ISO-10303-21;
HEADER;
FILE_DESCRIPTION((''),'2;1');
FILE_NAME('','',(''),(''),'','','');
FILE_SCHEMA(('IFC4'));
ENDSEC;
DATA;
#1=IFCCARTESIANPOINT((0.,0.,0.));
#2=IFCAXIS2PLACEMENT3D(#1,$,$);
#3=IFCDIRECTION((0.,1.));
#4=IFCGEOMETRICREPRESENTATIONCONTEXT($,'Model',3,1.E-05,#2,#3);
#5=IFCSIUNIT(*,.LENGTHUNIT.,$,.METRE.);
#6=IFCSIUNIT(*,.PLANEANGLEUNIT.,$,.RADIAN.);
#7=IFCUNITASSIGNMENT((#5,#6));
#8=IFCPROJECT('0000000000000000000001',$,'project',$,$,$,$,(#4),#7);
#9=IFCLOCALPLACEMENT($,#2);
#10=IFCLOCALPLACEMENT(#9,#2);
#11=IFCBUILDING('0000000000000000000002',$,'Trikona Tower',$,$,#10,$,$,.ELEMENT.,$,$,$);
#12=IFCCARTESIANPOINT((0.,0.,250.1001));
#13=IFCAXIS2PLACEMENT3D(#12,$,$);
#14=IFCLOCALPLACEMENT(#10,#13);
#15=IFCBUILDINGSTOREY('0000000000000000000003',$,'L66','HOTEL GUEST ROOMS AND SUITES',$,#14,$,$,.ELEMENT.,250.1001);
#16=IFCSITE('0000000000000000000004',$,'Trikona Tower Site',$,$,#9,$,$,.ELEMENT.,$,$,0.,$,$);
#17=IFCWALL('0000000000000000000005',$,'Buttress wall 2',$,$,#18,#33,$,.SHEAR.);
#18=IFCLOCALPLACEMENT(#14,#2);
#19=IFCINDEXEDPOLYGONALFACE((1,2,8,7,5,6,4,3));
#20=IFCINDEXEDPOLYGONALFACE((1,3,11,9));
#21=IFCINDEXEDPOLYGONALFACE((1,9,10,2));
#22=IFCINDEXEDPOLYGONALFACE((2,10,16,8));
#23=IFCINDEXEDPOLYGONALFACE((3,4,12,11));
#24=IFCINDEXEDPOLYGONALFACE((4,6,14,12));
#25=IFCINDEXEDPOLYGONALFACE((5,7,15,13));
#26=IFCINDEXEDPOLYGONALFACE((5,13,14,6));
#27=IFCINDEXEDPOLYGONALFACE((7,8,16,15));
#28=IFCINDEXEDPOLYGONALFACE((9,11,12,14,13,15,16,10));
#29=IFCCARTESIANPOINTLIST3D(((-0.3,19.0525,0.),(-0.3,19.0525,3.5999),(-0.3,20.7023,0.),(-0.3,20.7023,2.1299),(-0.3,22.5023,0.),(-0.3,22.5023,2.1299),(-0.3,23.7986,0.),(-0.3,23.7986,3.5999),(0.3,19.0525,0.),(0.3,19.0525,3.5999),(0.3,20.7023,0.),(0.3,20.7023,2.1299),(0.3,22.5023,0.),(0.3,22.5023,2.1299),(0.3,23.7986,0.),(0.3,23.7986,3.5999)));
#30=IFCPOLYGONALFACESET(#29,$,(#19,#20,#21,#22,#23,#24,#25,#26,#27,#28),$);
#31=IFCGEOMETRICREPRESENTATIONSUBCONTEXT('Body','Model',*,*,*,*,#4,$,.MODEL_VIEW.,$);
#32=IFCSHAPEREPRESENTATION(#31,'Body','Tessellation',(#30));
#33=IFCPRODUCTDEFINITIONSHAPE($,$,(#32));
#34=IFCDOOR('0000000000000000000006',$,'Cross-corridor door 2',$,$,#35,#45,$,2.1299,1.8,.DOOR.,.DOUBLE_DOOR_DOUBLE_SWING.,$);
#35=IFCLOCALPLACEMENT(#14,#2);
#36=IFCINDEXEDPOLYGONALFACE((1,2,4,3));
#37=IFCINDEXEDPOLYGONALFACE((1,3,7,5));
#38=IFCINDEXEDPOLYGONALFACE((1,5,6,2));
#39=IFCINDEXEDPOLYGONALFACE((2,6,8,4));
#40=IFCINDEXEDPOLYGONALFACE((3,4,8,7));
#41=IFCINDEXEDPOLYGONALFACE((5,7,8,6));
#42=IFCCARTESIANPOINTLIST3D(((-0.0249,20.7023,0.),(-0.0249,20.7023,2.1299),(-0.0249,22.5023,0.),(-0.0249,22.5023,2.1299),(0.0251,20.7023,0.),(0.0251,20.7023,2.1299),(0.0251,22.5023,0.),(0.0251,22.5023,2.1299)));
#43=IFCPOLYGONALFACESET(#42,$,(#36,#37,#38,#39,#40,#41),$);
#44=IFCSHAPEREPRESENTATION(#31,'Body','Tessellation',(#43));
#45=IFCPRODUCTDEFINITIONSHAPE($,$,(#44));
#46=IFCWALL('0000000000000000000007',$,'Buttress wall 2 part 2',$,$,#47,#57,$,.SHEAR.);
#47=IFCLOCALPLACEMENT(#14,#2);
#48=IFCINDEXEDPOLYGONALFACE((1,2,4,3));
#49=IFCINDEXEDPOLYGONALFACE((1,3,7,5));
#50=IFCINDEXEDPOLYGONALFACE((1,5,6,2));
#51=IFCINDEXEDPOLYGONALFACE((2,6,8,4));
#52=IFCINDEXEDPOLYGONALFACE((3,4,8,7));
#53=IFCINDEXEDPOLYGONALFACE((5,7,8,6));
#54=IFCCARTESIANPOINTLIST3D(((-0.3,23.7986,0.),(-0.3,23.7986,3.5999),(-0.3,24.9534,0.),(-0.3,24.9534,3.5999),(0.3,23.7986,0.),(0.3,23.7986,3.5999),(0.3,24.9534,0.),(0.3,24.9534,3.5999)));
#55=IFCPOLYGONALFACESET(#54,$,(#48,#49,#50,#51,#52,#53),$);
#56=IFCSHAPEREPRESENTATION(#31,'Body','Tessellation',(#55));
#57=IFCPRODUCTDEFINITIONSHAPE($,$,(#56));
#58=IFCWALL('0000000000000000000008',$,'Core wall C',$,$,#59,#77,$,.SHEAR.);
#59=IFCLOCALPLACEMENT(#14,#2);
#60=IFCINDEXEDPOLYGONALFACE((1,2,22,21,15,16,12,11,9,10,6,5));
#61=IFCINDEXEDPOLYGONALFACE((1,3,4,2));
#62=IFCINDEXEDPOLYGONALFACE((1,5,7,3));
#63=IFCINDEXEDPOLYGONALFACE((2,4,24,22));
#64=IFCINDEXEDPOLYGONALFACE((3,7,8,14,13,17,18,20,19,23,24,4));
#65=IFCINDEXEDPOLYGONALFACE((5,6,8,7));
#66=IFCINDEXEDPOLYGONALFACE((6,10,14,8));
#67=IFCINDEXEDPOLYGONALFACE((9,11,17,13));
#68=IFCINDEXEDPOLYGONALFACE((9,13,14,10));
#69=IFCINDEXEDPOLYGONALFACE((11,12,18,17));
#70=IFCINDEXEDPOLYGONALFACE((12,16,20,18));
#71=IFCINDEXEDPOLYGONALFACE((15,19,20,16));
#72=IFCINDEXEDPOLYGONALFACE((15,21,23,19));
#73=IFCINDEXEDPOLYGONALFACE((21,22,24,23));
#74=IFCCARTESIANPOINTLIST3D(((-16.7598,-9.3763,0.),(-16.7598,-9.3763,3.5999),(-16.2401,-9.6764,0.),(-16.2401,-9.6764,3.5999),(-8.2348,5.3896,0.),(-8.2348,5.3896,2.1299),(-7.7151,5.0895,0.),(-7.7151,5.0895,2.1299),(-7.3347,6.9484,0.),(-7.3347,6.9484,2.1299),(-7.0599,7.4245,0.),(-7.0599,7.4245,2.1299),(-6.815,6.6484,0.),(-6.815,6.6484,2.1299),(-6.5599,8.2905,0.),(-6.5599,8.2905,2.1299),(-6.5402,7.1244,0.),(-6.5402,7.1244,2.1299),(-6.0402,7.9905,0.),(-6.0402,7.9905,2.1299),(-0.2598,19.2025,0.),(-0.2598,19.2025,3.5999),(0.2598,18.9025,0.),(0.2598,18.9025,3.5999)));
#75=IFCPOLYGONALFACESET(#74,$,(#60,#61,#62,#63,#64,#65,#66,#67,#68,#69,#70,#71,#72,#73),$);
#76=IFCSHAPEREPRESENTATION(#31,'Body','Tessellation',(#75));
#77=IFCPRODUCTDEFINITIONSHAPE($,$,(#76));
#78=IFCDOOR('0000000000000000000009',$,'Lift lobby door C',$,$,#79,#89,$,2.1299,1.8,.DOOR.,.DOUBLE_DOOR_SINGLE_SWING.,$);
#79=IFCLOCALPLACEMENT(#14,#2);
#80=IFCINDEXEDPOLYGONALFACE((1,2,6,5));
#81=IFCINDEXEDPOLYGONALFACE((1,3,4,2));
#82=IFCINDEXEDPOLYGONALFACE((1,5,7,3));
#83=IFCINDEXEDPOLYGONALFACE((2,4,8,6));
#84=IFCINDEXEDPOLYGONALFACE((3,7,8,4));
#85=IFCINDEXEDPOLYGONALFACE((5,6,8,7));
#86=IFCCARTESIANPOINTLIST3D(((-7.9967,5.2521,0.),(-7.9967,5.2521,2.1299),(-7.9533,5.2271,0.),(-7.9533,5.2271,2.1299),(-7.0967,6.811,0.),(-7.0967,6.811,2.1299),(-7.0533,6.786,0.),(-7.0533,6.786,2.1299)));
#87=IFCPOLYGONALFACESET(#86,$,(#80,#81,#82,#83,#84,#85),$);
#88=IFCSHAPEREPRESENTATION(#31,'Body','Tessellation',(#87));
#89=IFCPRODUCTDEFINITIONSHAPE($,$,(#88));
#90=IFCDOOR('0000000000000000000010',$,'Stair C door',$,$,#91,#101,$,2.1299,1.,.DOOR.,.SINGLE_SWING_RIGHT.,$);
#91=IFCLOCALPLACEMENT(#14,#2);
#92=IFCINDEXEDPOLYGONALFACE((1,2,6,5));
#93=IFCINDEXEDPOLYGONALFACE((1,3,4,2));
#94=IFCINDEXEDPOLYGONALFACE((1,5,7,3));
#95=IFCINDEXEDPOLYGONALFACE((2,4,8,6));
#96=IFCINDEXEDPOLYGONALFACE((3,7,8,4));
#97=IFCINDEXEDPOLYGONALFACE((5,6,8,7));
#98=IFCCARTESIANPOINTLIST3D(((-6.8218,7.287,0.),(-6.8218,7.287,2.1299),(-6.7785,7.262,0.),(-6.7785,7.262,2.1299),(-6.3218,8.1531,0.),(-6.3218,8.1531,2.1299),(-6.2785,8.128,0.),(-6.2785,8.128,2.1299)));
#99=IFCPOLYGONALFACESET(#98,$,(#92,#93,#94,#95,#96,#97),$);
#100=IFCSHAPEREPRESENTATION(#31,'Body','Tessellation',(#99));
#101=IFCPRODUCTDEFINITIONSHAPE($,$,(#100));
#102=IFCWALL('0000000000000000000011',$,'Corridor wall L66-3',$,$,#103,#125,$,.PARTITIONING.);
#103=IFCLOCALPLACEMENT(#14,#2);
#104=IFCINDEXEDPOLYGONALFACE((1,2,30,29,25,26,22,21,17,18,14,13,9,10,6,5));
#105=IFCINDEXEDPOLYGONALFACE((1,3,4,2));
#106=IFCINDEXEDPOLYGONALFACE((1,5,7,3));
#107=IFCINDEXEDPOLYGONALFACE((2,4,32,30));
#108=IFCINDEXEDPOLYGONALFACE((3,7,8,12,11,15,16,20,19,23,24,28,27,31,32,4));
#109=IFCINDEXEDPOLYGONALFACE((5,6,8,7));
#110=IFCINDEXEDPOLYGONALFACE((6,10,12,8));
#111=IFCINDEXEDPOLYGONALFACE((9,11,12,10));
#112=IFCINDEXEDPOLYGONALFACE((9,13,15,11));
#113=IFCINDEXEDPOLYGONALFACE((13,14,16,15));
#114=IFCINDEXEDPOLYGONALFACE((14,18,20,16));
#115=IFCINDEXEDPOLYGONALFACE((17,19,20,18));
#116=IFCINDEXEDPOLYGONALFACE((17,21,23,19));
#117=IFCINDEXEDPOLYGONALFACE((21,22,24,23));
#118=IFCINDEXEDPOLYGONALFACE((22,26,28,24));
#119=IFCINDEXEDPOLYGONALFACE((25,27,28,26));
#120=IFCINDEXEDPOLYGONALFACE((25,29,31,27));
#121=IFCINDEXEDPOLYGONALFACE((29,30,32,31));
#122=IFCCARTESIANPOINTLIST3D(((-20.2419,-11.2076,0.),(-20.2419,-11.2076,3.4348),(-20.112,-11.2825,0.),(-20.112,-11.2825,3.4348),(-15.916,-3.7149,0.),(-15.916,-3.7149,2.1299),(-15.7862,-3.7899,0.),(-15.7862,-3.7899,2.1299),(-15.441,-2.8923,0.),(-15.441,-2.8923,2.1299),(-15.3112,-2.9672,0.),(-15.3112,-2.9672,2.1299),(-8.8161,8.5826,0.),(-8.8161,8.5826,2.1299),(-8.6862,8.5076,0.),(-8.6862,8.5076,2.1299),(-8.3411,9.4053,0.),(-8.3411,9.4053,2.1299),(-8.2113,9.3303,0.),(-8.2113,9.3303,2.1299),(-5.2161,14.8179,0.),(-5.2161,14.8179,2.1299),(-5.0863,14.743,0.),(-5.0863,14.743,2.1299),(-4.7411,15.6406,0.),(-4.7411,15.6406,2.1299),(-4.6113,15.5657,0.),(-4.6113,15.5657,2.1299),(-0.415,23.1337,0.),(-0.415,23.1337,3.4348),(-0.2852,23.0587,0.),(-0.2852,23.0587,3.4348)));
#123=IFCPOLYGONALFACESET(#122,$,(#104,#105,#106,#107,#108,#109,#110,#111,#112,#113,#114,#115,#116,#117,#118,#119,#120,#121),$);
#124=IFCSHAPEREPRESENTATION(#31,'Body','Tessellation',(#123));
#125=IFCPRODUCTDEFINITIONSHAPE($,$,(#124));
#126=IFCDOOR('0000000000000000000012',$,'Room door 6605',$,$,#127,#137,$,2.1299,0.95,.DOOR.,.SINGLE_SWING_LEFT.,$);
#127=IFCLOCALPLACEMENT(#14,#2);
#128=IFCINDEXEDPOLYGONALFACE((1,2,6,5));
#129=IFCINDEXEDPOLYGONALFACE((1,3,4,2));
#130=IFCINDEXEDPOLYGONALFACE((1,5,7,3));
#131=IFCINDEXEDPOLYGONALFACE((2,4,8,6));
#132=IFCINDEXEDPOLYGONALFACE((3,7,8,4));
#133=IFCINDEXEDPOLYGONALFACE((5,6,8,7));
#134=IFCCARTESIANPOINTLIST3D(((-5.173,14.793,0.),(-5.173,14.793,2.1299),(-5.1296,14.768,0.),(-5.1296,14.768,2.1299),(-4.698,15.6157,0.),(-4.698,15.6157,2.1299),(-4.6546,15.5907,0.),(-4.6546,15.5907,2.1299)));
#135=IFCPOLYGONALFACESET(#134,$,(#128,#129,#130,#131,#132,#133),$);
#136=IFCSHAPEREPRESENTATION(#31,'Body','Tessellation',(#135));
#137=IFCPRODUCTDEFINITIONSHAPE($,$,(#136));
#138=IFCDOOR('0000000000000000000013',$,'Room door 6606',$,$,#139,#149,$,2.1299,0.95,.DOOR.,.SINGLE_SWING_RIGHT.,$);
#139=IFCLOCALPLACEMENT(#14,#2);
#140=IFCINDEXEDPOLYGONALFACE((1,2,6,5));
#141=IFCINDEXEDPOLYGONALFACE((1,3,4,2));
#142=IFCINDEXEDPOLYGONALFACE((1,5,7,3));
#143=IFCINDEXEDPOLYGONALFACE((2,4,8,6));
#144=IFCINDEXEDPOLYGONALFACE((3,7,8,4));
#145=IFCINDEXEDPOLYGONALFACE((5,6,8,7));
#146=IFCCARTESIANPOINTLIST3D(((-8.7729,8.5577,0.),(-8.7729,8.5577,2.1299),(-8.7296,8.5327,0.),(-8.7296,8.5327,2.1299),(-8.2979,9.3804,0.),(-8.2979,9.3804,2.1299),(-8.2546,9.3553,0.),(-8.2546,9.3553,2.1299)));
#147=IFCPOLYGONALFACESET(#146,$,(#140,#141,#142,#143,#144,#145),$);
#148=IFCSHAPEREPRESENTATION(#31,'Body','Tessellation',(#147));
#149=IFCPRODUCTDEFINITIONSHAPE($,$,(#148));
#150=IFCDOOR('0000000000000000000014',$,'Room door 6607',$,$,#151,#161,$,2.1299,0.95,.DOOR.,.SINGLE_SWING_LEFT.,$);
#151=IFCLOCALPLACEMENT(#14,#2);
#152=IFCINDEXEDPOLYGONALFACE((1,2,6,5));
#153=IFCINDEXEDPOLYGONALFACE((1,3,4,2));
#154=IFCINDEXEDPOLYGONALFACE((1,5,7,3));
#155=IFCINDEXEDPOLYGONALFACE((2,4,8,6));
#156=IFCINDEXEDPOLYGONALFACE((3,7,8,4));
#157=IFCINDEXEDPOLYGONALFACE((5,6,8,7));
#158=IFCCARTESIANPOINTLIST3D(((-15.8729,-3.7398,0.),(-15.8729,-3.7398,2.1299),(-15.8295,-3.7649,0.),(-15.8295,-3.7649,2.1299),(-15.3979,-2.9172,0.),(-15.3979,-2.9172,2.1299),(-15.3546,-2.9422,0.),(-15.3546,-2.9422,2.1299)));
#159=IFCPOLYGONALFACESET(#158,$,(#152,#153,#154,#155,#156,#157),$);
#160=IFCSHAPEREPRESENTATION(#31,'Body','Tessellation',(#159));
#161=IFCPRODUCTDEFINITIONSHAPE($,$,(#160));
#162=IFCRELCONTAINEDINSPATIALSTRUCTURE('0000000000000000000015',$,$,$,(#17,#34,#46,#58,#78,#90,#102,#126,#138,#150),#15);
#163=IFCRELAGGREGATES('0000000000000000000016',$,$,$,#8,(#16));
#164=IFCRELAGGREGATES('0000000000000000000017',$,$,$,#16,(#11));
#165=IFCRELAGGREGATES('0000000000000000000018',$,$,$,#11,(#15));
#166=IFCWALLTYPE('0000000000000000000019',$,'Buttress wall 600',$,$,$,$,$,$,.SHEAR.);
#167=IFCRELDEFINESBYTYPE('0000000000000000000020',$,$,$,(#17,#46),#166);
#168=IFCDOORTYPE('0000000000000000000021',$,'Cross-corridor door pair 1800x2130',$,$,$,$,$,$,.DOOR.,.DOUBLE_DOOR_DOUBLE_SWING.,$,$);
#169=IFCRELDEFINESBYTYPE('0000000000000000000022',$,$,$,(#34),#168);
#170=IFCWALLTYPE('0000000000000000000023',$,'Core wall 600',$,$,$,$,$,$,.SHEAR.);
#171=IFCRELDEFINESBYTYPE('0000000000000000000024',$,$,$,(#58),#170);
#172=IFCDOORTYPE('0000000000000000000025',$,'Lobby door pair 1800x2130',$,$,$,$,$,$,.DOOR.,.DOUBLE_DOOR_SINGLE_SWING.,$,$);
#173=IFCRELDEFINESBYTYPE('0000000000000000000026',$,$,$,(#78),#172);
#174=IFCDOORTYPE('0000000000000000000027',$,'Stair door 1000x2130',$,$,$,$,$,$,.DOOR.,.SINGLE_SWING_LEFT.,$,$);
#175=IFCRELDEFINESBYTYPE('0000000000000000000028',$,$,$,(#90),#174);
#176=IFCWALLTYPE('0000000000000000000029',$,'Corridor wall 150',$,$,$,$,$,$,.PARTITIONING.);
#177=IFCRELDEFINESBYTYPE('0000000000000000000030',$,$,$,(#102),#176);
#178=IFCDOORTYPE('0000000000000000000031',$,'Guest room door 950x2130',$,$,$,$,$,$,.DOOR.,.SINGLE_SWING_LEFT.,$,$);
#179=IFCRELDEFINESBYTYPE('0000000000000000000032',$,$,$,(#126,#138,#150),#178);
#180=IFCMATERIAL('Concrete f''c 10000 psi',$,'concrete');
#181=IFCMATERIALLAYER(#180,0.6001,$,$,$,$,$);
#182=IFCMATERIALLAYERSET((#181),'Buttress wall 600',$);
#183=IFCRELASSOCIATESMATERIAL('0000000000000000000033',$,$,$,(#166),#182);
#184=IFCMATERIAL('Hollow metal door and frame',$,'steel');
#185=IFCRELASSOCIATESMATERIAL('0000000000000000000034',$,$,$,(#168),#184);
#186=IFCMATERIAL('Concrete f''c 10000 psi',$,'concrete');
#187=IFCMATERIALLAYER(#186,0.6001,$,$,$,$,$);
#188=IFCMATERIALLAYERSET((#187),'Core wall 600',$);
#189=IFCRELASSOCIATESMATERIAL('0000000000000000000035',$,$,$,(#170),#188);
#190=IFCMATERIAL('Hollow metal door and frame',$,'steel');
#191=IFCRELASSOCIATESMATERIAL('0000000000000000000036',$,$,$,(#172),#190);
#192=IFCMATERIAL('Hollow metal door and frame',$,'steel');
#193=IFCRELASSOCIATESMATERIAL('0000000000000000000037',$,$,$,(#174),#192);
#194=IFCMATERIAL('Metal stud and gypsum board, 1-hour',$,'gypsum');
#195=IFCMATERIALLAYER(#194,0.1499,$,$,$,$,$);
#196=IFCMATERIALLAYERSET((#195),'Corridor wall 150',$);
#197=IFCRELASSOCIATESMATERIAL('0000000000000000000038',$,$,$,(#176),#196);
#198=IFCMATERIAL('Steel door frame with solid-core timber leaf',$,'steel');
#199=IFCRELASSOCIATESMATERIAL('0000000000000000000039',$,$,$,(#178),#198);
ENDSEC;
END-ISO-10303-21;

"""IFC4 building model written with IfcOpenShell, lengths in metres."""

from ifc_helpers import new_model, si_unit, direction, frame, frame_2d, origin, place, context, subcontext, project, spatial, rectangle, extrude, material, layer, layer_set, type_object, element, fill, save


model = new_model("IFC4")

# Units and contexts
model_context = context("Model", 3, precision=1e-05, world=origin(), true_north=direction((0.0, 1.0)))
body_context = subcontext(model_context, "Body", "Model", "MODEL_VIEW")
ifc_project = project(units=[si_unit("LENGTHUNIT", "METRE"), si_unit("PLANEANGLEUNIT", "RADIAN")], contexts=[model_context])

# Site, building, storey
site_placement = place(None, origin())
site = spatial("IfcSite", under=ifc_project, at=site_placement, Name="Trikona Tower Site", CompositionType="ELEMENT", RefElevation=0.0)
building_placement = place(site_placement, origin())
building = spatial("IfcBuilding", under=site, at=building_placement, Name="Trikona Tower", CompositionType="ELEMENT")
storey_placement = place(building_placement, frame((0.0, 0.0, 250.1001)))
storey = spatial("IfcBuildingStorey", under=building, at=storey_placement, Name="L66", Description="HOTEL GUEST ROOMS AND SUITES", CompositionType="ELEMENT", Elevation=250.1001)

# Wall, opening, door
ifc_material_1 = material(Name="Concrete f'c 10000 psi", Category="concrete")
ifc_layer_1 = layer(ifc_material_1, 0.6001)
ifc_layer_set_1 = layer_set([ifc_layer_1], Name="Buttress wall 600")
wall_type_1 = type_object("IfcWallType", Name="Buttress wall 600", PredefinedType="SHEAR", material=ifc_layer_set_1)
wall_1_placement = place(storey_placement, frame((0.0, 19.0525, 0.0), z_axis=(0.0, 0.0, 1.0), x_axis=(0.0, 1.0, 0.0)))
wall_1 = element("IfcWall", 1, at=wall_1_placement, inside=storey, type_object=wall_type_1, Name="Buttress wall 2", PredefinedType="SHEAR", context=body_context, shape_type="SweptSolid", body=[
    extrude(rectangle(XDim=4.7461, YDim=0.6001, at=frame_2d((2.373, 0.0))), origin(), (0.0, 0.0, 1.0), 3.5999),
])
opening_1_placement = place(wall_1_placement, frame((1.6499, 0.0, 0.0)))
opening_1 = element("IfcOpeningElement", 2, at=opening_1_placement, cuts=wall_1, PredefinedType="OPENING", context=body_context, shape_type="SweptSolid", body=[
    extrude(rectangle(XDim=1.8, YDim=2.1299, at=frame_2d((0.8999, 1.0649))), frame((0.0, 0.3101, 0.0), z_axis=(0.0, -1.0, 0.0), x_axis=(1.0, 0.0, 0.0)), (0.0, 0.0, 1.0), 0.6201),
])
ifc_material_2 = material(Name="Hollow metal door and frame", Category="steel")
door_type_1 = type_object("IfcDoorType", Name="Cross-corridor door pair 1800x2130", OperationType="DOUBLE_DOOR_DOUBLE_SWING", PredefinedType="DOOR", material=ifc_material_2)
door_1_placement = place(opening_1_placement, origin())
door_1 = element("IfcDoor", 3, at=door_1_placement, inside=storey, type_object=door_type_1, Name="Cross-corridor door 2", OperationType="DOUBLE_DOOR_DOUBLE_SWING", OverallHeight=2.1299, OverallWidth=1.8, PredefinedType="DOOR", context=body_context, shape_type="SweptSolid", body=[
    extrude(rectangle(XDim=1.8, YDim=2.1299, at=frame_2d((0.8999, 1.0649))), frame((0.0, 0.0249, 0.0), z_axis=(0.0, -1.0, 0.0), x_axis=(1.0, 0.0, 0.0)), (0.0, 0.0, 1.0), 0.05),
])
fill(opening_1, door_1)

# Wall
wall_2_placement = place(storey_placement, frame((0.0, 23.7986, 0.0), z_axis=(0.0, 0.0, 1.0), x_axis=(0.0, 1.0, 0.0)))
element("IfcWall", 4, at=wall_2_placement, inside=storey, type_object=wall_type_1, Name="Buttress wall 2 part 2", PredefinedType="SHEAR", context=body_context, shape_type="SweptSolid", body=[
    extrude(rectangle(XDim=1.1548, YDim=0.6001, at=frame_2d((0.5774, 0.0))), origin(), (0.0, 0.0, 1.0), 3.5999),
])

# Walls, openings, doors
ifc_material_3 = material(Name="Concrete f'c 10000 psi", Category="concrete")
ifc_layer_2 = layer(ifc_material_3, 0.6001)
ifc_layer_set_2 = layer_set([ifc_layer_2], Name="Core wall 600")
wall_type_2 = type_object("IfcWallType", Name="Core wall 600", PredefinedType="SHEAR", material=ifc_layer_set_2)
wall_3_placement = place(storey_placement, frame((0.0, 19.0525, 0.0), z_axis=(0.0, 0.0, 1.0), x_axis=(-0.5, -0.866026, 0.0)))
wall_3 = element("IfcWall", 5, at=wall_3_placement, inside=storey, type_object=wall_type_2, Name="Core wall C", PredefinedType="SHEAR", context=body_context, shape_type="SweptSolid", body=[
    extrude(rectangle(XDim=33.0, YDim=0.6001, at=frame_2d((16.5, 0.0))), origin(), (0.0, 0.0, 1.0), 3.5999),
])
opening_2_placement = place(wall_3_placement, frame((14.1499, 0.0, 0.0)))
opening_2 = element("IfcOpeningElement", 6, at=opening_2_placement, cuts=wall_3, PredefinedType="OPENING", context=body_context, shape_type="SweptSolid", body=[
    extrude(rectangle(XDim=1.8, YDim=2.1299, at=frame_2d((0.8999, 1.0649))), frame((0.0, 0.3101, 0.0), z_axis=(0.0, -1.0, 0.0), x_axis=(1.0, 0.0, 0.0)), (0.0, 0.0, 1.0), 0.6201),
])
opening_3_placement = place(wall_3_placement, frame((12.6001, 0.0, 0.0)))
opening_3 = element("IfcOpeningElement", 7, at=opening_3_placement, cuts=wall_3, PredefinedType="OPENING", context=body_context, shape_type="SweptSolid", body=[
    extrude(rectangle(XDim=1.0, YDim=2.1299, at=frame_2d((0.5, 1.0649))), frame((0.0, 0.3101, 0.0), z_axis=(0.0, -1.0, 0.0), x_axis=(1.0, 0.0, 0.0)), (0.0, 0.0, 1.0), 0.6201),
])
ifc_material_4 = material(Name="Hollow metal door and frame", Category="steel")
door_type_2 = type_object("IfcDoorType", Name="Lobby door pair 1800x2130", OperationType="DOUBLE_DOOR_SINGLE_SWING", PredefinedType="DOOR", material=ifc_material_4)
door_2_placement = place(opening_2_placement, origin())
door_2 = element("IfcDoor", 8, at=door_2_placement, inside=storey, type_object=door_type_2, Name="Lift lobby door C", OperationType="DOUBLE_DOOR_SINGLE_SWING", OverallHeight=2.1299, OverallWidth=1.8, PredefinedType="DOOR", context=body_context, shape_type="SweptSolid", body=[
    extrude(rectangle(XDim=1.8, YDim=2.1299, at=frame_2d((0.8999, 1.0649))), frame((0.0, 0.0249, 0.0), z_axis=(0.0, -1.0, 0.0), x_axis=(1.0, 0.0, 0.0)), (0.0, 0.0, 1.0), 0.05),
])
fill(opening_2, door_2)
ifc_material_5 = material(Name="Hollow metal door and frame", Category="steel")
door_type_3 = type_object("IfcDoorType", Name="Stair door 1000x2130", OperationType="SINGLE_SWING_LEFT", PredefinedType="DOOR", material=ifc_material_5)
door_3_placement = place(opening_3_placement, origin())
door_3 = element("IfcDoor", 9, at=door_3_placement, inside=storey, type_object=door_type_3, Name="Stair C door", OperationType="SINGLE_SWING_RIGHT", OverallHeight=2.1299, OverallWidth=1.0, PredefinedType="DOOR", context=body_context, shape_type="SweptSolid", body=[
    extrude(rectangle(XDim=1.0, YDim=2.1299, at=frame_2d((0.5, 1.0649))), frame((0.0, 0.0249, 0.0), z_axis=(0.0, -1.0, 0.0), x_axis=(1.0, 0.0, 0.0)), (0.0, 0.0, 1.0), 0.05),
])
fill(opening_3, door_3)
ifc_material_6 = material(Name="Metal stud and gypsum board, 1-hour", Category="gypsum")
ifc_layer_3 = layer(ifc_material_6, 0.1499)
ifc_layer_set_3 = layer_set([ifc_layer_3], Name="Corridor wall 150")
wall_type_3 = type_object("IfcWallType", Name="Corridor wall 150", PredefinedType="PARTITIONING", material=ifc_layer_set_3)
wall_4_placement = place(storey_placement, frame((-0.3501, 23.0962, 0.0), z_axis=(0.0, 0.0, 1.0), x_axis=(-0.499999, -0.866026, 0.0)))
wall_4 = element("IfcWall", 10, at=wall_4_placement, inside=storey, type_object=wall_type_3, Name="Corridor wall L66-3", PredefinedType="PARTITIONING", context=body_context, shape_type="SweptSolid", body=[
    extrude(rectangle(XDim=39.6538, YDim=0.1499, at=frame_2d((19.8269, 0.0))), origin(), (0.0, 0.0, 1.0), 3.4348),
])
opening_4_placement = place(wall_4_placement, frame((8.6521, 0.0, 0.0)))
opening_4 = element("IfcOpeningElement", 11, at=opening_4_placement, cuts=wall_4, PredefinedType="OPENING", context=body_context, shape_type="SweptSolid", body=[
    extrude(rectangle(XDim=0.95, YDim=2.1299, at=frame_2d((0.4751, 1.0649))), frame((0.0, 0.085, 0.0), z_axis=(0.0, -1.0, 0.0), x_axis=(1.0, 0.0, 0.0)), (0.0, 0.0, 1.0), 0.1699),
])
opening_5_placement = place(wall_4_placement, frame((15.8521, 0.0, 0.0)))
opening_5 = element("IfcOpeningElement", 12, at=opening_5_placement, cuts=wall_4, PredefinedType="OPENING", context=body_context, shape_type="SweptSolid", body=[
    extrude(rectangle(XDim=0.95, YDim=2.1299, at=frame_2d((0.4751, 1.0649))), frame((0.0, 0.085, 0.0), z_axis=(0.0, -1.0, 0.0), x_axis=(1.0, 0.0, 0.0)), (0.0, 0.0, 1.0), 0.1699),
])
opening_6_placement = place(wall_4_placement, frame((30.052, 0.0, 0.0)))
opening_6 = element("IfcOpeningElement", 13, at=opening_6_placement, cuts=wall_4, PredefinedType="OPENING", context=body_context, shape_type="SweptSolid", body=[
    extrude(rectangle(XDim=0.95, YDim=2.1299, at=frame_2d((0.4751, 1.0649))), frame((0.0, 0.085, 0.0), z_axis=(0.0, -1.0, 0.0), x_axis=(1.0, 0.0, 0.0)), (0.0, 0.0, 1.0), 0.1699),
])
ifc_material_7 = material(Name="Steel door frame with solid-core timber leaf", Category="steel")
door_type_4 = type_object("IfcDoorType", Name="Guest room door 950x2130", OperationType="SINGLE_SWING_LEFT", PredefinedType="DOOR", material=ifc_material_7)
door_4_placement = place(opening_4_placement, origin())
door_4 = element("IfcDoor", 14, at=door_4_placement, inside=storey, type_object=door_type_4, Name="Room door 6605", OperationType="SINGLE_SWING_LEFT", OverallHeight=2.1299, OverallWidth=0.95, PredefinedType="DOOR", context=body_context, shape_type="SweptSolid", body=[
    extrude(rectangle(XDim=0.95, YDim=2.1299, at=frame_2d((0.4751, 1.0649))), frame((0.0, 0.0249, 0.0), z_axis=(0.0, -1.0, 0.0), x_axis=(1.0, 0.0, 0.0)), (0.0, 0.0, 1.0), 0.05),
])
fill(opening_4, door_4)
door_5_placement = place(opening_5_placement, origin())
door_5 = element("IfcDoor", 15, at=door_5_placement, inside=storey, type_object=door_type_4, Name="Room door 6606", OperationType="SINGLE_SWING_RIGHT", OverallHeight=2.1299, OverallWidth=0.95, PredefinedType="DOOR", context=body_context, shape_type="SweptSolid", body=[
    extrude(rectangle(XDim=0.95, YDim=2.1299, at=frame_2d((0.4751, 1.0649))), frame((0.0, 0.0249, 0.0), z_axis=(0.0, -1.0, 0.0), x_axis=(1.0, 0.0, 0.0)), (0.0, 0.0, 1.0), 0.05),
])
fill(opening_5, door_5)
door_6_placement = place(opening_6_placement, origin())
door_6 = element("IfcDoor", 16, at=door_6_placement, inside=storey, type_object=door_type_4, Name="Room door 6607", OperationType="SINGLE_SWING_LEFT", OverallHeight=2.1299, OverallWidth=0.95, PredefinedType="DOOR", context=body_context, shape_type="SweptSolid", body=[
    extrude(rectangle(XDim=0.95, YDim=2.1299, at=frame_2d((0.4751, 1.0649))), frame((0.0, 0.0249, 0.0), z_axis=(0.0, -1.0, 0.0), x_axis=(1.0, 0.0, 0.0)), (0.0, 0.0, 1.0), 0.05),
])
fill(opening_6, door_6)

save(model, "model.ifc")
